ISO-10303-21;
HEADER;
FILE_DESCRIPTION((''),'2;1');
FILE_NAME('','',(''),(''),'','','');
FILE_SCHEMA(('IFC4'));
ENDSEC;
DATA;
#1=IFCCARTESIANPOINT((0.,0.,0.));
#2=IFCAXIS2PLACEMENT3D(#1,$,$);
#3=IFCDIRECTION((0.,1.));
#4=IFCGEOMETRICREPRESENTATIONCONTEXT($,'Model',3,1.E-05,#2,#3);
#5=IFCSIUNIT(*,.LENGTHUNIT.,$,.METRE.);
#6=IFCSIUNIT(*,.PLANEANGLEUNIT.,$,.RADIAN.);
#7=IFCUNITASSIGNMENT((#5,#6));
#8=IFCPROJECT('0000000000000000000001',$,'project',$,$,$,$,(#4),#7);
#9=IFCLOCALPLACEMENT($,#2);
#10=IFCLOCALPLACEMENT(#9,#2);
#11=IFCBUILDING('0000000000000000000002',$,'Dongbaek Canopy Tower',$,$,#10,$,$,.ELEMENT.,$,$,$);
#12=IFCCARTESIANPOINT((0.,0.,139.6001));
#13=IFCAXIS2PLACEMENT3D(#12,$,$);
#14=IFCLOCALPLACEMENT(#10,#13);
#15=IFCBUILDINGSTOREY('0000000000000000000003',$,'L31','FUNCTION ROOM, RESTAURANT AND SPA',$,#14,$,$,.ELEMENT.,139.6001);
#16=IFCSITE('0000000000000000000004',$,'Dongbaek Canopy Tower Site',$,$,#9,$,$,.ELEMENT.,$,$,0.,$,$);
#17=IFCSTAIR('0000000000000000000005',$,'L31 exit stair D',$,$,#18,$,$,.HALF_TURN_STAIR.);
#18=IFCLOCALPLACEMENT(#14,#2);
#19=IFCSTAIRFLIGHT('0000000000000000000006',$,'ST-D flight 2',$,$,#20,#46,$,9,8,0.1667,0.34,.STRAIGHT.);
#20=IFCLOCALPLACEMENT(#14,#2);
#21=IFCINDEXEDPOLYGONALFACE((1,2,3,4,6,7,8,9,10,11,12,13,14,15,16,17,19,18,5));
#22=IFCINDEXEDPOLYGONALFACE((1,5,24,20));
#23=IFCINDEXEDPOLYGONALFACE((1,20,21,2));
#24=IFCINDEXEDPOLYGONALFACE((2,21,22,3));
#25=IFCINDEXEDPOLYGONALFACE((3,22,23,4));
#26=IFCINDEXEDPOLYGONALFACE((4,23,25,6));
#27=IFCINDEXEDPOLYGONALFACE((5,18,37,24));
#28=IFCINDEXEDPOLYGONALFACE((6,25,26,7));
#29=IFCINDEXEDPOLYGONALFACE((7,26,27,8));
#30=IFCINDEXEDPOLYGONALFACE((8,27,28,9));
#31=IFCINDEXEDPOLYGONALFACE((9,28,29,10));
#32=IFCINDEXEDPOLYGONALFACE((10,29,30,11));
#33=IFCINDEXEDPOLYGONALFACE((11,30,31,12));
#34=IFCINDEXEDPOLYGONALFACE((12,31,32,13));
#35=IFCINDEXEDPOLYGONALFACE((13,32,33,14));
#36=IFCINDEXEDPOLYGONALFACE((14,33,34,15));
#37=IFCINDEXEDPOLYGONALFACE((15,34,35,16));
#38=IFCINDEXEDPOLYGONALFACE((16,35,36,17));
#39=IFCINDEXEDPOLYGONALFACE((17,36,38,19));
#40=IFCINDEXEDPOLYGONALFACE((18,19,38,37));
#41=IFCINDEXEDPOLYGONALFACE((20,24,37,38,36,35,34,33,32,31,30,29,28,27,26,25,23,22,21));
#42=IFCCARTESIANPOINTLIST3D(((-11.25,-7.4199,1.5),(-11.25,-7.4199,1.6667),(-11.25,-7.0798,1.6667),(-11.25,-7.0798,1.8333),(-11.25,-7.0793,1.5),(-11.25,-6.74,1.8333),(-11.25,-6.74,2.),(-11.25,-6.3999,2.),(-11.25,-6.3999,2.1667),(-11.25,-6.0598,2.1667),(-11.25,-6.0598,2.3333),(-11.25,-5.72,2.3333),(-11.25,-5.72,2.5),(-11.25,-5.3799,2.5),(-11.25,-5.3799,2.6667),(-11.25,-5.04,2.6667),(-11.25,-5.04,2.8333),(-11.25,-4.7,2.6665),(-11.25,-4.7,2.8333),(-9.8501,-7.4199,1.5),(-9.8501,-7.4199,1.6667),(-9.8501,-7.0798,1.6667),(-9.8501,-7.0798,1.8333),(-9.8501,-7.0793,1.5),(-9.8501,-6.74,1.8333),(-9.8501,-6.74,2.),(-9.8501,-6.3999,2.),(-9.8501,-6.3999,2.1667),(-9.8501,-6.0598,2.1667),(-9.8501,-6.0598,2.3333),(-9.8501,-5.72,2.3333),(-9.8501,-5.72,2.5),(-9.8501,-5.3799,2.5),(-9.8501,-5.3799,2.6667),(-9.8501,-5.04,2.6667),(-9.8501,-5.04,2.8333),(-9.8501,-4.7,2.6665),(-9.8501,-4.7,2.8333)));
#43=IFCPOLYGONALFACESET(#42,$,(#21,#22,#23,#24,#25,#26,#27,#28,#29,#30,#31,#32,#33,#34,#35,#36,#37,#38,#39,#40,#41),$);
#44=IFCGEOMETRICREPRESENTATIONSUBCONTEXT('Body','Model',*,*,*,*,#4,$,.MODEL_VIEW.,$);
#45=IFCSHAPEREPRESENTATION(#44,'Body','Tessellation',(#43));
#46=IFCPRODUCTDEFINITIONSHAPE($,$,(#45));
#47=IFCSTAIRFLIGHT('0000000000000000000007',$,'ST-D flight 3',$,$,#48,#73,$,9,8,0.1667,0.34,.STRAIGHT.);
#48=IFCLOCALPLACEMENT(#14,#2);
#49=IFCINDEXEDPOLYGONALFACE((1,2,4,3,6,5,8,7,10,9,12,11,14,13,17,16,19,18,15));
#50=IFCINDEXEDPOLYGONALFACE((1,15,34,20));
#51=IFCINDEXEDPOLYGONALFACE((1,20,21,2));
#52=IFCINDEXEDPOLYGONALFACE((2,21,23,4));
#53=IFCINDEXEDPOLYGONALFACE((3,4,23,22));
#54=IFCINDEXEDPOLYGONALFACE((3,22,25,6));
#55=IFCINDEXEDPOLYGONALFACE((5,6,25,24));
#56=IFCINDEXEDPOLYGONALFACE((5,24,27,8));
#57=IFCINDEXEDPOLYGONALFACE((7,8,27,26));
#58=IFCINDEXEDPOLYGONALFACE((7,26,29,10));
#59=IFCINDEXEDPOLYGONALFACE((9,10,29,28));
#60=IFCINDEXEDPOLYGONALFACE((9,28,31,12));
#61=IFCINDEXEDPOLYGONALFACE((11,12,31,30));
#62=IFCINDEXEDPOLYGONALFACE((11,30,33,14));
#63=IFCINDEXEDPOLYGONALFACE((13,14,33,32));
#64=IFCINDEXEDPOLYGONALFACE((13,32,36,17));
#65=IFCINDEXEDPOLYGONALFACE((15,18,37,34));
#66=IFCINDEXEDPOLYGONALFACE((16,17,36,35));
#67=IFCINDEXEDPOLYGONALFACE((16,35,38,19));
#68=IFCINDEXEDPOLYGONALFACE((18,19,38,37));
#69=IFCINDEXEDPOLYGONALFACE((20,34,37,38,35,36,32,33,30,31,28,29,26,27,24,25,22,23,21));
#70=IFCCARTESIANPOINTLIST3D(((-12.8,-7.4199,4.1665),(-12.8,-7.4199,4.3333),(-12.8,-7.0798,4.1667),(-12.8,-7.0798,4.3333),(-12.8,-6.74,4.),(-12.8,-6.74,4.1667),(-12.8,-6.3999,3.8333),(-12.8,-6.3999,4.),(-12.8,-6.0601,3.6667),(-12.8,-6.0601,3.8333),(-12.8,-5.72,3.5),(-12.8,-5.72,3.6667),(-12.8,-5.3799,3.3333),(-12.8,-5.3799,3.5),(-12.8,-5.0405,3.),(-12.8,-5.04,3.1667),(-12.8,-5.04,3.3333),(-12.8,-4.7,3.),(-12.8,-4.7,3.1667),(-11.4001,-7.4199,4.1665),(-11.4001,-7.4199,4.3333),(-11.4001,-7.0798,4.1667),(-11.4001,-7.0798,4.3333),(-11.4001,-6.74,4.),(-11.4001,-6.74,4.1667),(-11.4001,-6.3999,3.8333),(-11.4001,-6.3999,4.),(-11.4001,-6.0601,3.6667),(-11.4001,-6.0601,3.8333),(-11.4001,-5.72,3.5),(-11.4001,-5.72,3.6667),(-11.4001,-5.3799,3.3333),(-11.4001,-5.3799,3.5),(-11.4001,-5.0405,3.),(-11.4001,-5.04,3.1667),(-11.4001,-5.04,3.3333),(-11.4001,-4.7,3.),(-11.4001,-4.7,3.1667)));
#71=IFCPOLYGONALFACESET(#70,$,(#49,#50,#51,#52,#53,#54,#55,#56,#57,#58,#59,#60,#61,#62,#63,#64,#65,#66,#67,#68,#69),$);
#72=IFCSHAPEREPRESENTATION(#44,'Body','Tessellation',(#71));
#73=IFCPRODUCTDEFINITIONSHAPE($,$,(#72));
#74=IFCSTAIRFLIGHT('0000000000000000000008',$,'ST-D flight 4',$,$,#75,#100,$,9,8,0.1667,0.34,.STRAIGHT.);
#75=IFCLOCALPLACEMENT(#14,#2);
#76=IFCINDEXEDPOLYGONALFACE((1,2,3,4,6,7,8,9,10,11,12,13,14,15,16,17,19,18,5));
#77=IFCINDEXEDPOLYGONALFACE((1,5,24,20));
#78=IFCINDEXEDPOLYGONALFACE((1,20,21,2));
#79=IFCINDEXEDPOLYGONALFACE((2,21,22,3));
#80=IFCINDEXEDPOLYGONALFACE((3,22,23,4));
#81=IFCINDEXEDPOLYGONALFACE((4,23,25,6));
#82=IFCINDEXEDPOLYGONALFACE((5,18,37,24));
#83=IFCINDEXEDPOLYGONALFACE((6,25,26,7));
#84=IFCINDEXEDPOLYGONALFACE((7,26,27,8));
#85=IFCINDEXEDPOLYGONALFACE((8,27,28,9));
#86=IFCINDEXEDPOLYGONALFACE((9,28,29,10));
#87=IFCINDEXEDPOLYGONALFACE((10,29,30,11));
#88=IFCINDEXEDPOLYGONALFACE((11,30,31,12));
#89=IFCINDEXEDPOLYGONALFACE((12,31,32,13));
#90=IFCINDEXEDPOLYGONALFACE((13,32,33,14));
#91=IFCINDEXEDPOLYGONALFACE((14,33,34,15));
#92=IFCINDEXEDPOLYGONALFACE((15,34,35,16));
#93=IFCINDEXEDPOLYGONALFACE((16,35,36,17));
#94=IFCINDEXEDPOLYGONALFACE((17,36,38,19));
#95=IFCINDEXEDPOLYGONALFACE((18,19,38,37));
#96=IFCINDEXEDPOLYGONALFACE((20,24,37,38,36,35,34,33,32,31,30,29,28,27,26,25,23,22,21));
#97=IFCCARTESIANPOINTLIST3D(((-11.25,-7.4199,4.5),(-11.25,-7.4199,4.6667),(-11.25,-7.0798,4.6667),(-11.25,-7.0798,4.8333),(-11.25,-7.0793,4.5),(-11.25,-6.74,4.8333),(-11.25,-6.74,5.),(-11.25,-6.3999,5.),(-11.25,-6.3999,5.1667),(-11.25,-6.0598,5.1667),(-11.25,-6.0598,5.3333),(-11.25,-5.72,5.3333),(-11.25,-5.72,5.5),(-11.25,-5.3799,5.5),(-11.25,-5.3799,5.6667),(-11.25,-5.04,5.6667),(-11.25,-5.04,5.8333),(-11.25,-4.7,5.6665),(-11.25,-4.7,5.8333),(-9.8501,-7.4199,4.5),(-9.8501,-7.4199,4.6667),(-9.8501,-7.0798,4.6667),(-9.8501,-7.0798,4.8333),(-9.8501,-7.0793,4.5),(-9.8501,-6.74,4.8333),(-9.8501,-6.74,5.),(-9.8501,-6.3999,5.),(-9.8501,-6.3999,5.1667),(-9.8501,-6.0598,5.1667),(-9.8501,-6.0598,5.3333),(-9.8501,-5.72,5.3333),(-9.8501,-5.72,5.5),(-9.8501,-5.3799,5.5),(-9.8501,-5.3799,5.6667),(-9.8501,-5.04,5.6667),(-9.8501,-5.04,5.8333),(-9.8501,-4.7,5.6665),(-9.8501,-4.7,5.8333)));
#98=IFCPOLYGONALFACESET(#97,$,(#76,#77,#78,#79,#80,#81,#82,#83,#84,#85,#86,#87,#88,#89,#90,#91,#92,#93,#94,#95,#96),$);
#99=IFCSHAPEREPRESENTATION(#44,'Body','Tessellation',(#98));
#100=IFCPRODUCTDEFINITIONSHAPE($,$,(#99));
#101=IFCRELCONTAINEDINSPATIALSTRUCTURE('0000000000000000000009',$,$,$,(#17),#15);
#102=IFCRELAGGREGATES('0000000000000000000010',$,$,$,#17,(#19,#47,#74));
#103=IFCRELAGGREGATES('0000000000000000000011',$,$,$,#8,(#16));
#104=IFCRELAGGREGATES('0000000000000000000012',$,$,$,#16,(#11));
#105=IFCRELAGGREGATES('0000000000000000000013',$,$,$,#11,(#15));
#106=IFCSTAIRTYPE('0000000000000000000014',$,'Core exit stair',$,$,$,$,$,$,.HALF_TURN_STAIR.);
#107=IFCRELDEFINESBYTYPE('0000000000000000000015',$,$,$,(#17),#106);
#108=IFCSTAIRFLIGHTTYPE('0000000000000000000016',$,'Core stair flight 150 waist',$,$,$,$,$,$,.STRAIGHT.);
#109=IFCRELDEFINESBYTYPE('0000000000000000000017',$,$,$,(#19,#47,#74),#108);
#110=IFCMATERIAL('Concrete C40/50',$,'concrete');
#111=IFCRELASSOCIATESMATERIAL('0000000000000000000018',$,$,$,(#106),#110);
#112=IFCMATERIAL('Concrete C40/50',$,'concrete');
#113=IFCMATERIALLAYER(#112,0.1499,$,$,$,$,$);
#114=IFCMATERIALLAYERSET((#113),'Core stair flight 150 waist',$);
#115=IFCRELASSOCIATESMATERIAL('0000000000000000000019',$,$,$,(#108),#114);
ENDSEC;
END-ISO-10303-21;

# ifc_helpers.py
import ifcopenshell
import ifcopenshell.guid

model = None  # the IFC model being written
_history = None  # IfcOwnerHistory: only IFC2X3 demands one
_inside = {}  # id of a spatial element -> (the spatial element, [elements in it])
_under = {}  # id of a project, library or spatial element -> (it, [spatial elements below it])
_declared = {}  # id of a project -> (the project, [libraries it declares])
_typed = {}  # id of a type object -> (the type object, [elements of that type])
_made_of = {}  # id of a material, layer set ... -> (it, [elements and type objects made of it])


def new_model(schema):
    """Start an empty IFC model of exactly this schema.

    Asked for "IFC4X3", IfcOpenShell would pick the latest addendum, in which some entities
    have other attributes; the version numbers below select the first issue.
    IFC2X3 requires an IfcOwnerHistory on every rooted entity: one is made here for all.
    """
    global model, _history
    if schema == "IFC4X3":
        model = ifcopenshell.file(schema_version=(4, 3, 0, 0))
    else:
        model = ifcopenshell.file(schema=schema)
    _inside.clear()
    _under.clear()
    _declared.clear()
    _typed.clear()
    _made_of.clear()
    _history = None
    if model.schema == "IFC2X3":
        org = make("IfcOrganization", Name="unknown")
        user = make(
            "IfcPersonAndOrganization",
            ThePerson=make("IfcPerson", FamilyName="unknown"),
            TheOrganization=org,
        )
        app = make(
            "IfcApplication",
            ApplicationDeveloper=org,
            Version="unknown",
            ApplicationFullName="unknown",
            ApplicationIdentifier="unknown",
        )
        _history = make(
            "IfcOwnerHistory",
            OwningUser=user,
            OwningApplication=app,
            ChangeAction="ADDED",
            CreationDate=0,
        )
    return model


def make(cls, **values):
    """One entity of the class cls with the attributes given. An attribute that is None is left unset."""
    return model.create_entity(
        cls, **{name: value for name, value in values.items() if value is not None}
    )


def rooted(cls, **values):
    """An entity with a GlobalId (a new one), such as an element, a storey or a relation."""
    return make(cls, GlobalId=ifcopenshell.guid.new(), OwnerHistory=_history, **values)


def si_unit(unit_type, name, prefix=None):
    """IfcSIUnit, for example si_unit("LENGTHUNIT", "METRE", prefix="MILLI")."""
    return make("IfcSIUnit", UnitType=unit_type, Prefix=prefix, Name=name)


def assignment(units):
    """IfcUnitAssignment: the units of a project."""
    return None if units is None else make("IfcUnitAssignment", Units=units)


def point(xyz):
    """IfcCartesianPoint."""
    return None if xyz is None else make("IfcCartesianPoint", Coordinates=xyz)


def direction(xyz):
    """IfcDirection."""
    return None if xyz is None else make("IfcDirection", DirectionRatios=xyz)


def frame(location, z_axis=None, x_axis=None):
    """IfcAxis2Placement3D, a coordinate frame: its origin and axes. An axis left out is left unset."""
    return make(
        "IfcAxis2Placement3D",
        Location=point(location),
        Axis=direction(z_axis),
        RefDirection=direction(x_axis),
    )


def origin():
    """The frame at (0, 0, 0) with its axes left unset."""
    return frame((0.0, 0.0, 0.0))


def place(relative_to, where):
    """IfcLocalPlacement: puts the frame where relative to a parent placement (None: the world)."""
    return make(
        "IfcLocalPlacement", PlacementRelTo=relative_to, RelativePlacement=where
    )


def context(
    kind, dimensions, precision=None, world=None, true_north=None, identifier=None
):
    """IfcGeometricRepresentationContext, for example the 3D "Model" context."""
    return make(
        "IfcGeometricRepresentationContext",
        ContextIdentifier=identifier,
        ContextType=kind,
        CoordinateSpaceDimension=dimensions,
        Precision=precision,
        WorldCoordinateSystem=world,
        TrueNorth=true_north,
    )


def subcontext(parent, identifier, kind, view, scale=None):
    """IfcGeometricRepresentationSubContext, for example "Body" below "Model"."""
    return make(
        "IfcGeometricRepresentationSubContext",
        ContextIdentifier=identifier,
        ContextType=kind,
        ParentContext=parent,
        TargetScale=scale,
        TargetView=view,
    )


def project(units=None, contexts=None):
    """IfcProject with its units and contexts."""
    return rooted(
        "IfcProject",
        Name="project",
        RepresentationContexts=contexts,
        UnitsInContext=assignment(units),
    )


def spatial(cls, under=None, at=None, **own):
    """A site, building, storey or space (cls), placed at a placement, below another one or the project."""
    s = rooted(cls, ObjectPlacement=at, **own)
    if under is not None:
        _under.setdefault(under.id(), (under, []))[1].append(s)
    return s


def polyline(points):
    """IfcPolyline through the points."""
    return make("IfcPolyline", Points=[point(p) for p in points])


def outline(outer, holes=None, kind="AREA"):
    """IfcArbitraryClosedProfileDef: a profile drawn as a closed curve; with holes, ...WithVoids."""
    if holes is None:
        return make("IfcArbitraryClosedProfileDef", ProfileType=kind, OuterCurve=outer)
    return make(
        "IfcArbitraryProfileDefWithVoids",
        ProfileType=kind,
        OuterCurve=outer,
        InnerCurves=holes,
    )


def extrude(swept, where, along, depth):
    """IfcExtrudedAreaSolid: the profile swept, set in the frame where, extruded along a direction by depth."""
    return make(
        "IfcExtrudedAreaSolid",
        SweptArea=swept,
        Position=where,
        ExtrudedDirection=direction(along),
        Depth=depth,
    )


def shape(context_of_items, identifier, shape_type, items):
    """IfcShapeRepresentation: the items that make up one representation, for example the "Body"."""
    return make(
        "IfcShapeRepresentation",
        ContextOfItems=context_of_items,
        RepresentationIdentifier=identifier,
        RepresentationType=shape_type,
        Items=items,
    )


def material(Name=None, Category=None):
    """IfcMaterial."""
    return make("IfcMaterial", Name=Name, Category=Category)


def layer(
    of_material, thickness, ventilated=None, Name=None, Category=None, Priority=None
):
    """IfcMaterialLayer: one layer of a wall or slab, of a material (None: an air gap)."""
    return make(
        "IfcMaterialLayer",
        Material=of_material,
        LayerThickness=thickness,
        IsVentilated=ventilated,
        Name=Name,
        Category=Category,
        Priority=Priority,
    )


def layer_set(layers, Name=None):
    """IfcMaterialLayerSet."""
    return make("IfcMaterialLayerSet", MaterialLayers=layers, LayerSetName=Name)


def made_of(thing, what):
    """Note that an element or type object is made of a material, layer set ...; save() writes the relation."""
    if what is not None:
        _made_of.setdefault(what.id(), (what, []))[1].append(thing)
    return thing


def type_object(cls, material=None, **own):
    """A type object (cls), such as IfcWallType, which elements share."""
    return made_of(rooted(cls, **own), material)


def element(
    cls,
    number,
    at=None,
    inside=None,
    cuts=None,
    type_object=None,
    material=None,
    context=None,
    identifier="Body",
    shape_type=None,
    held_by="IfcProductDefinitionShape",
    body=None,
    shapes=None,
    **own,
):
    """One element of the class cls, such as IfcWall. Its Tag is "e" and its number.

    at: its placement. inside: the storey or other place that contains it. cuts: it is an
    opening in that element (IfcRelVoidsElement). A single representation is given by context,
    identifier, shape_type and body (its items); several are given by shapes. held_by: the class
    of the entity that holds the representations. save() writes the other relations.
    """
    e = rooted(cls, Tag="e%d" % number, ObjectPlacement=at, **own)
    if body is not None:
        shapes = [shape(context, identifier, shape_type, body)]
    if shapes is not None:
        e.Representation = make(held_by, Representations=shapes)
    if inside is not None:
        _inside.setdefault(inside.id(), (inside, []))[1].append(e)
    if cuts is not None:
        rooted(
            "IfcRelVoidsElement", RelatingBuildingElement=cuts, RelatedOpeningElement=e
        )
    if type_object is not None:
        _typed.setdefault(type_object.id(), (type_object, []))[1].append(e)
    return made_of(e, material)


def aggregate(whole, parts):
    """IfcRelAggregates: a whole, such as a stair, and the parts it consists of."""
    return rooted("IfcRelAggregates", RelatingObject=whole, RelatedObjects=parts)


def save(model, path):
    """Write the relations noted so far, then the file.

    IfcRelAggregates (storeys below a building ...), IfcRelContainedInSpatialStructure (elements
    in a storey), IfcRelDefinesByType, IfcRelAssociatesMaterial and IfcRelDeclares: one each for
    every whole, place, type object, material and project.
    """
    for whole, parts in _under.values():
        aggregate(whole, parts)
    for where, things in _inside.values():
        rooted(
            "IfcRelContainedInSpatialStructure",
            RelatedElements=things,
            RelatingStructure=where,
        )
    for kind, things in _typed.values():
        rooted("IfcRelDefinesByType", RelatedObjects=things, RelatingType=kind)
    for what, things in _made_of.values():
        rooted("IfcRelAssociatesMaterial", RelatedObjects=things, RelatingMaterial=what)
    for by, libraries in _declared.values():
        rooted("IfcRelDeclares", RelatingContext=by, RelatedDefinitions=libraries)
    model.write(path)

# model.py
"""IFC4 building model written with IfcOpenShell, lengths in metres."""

from ifc_helpers import new_model, si_unit, direction, frame, origin, place, context, subcontext, project, spatial, polyline, outline, extrude, material, layer, layer_set, type_object, element, aggregate, save


model = new_model("IFC4")

# Units and contexts
model_context = context("Model", 3, precision=1e-05, world=origin(), true_north=direction((0.0, 1.0)))
body_context = subcontext(model_context, "Body", "Model", "MODEL_VIEW")
ifc_project = project(units=[si_unit("LENGTHUNIT", "METRE"), si_unit("PLANEANGLEUNIT", "RADIAN")], contexts=[model_context])

# Site, building, storey
site_placement = place(None, origin())
site = spatial("IfcSite", under=ifc_project, at=site_placement, Name="Dongbaek Canopy Tower Site", CompositionType="ELEMENT", RefElevation=0.0)
building_placement = place(site_placement, origin())
building = spatial("IfcBuilding", under=site, at=building_placement, Name="Dongbaek Canopy Tower", CompositionType="ELEMENT")
storey_placement = place(building_placement, frame((0.0, 0.0, 139.6001)))
storey = spatial("IfcBuildingStorey", under=building, at=storey_placement, Name="L31", Description="FUNCTION ROOM, RESTAURANT AND SPA", CompositionType="ELEMENT", Elevation=139.6001)

# Stair, stair flights
ifc_material_1 = material(Name="Concrete C40/50", Category="concrete")
stair_type = type_object("IfcStairType", Name="Core exit stair", PredefinedType="HALF_TURN_STAIR", material=ifc_material_1)
stair_placement = place(storey_placement, origin())
stair = element("IfcStair", 1, at=stair_placement, inside=storey, type_object=stair_type, Name="L31 exit stair D", PredefinedType="HALF_TURN_STAIR")
ifc_material_2 = material(Name="Concrete C40/50", Category="concrete")
ifc_layer_1 = layer(ifc_material_2, 0.1499)
ifc_layer_set_1 = layer_set([ifc_layer_1], Name="Core stair flight 150 waist")
stair_flight_type = type_object("IfcStairFlightType", Name="Core stair flight 150 waist", PredefinedType="STRAIGHT", material=ifc_layer_set_1)
stair_flight_1_placement = place(storey_placement, frame((-10.55, -7.4199, 1.5), z_axis=(0.0, 0.0, 1.0), x_axis=(0.0, 1.0, 0.0)))
stair_flight_1 = element("IfcStairFlight", 2, at=stair_flight_1_placement, type_object=stair_flight_type, Name="ST-D flight 2", NumberOfRisers=9, NumberOfTreads=8, PredefinedType="STRAIGHT", RiserHeight=0.1667, TreadLength=0.34, context=body_context, shape_type="SweptSolid", body=[
    extrude(outline(polyline([(0.0, 0.0), (0.0, 0.1667), (0.3401, 0.1667), (0.3401, 0.3333), (0.6799, 0.3333), (0.6799, 0.5), (1.02, 0.5), (1.02, 0.6667), (1.3601, 0.6667), (1.3601, 0.8333), (1.7, 0.8333), (1.7, 1.0), (2.04, 1.0), (2.04, 1.1667), (2.3799, 1.1667), (2.3799, 1.3333), (2.72, 1.3333), (2.72, 1.5), (2.72, 1.1665), (0.3406, 0.0), (0.0, 0.0)])), frame((0.0, 0.7, 0.0), z_axis=(0.0, -1.0, 0.0), x_axis=(1.0, 0.0, 0.0)), (0.0, 0.0, 1.0), 1.3999),
])
stair_flight_2_placement = place(storey_placement, frame((-12.1001, -4.7, 3.0), z_axis=(0.0, 0.0, 1.0), x_axis=(0.0, -1.0, 0.0)))
stair_flight_2 = element("IfcStairFlight", 3, at=stair_flight_2_placement, type_object=stair_flight_type, Name="ST-D flight 3", NumberOfRisers=9, NumberOfTreads=8, PredefinedType="STRAIGHT", RiserHeight=0.1667, TreadLength=0.34, context=body_context, shape_type="SweptSolid", body=[
    extrude(outline(polyline([(0.0, 0.0), (0.0, 0.1667), (0.3401, 0.1667), (0.3401, 0.3333), (0.6799, 0.3333), (0.6799, 0.5), (1.02, 0.5), (1.02, 0.6667), (1.3601, 0.6667), (1.3601, 0.8333), (1.7, 0.8333), (1.7, 1.0), (2.04, 1.0), (2.04, 1.1667), (2.3799, 1.1667), (2.3799, 1.3333), (2.72, 1.3333), (2.72, 1.5), (2.72, 1.1665), (0.3406, 0.0), (0.0, 0.0)])), frame((0.0, 0.7, 0.0), z_axis=(0.0, -1.0, 0.0), x_axis=(1.0, 0.0, 0.0)), (0.0, 0.0, 1.0), 1.3999),
])
stair_flight_3_placement = place(storey_placement, frame((-10.55, -7.4199, 4.5), z_axis=(0.0, 0.0, 1.0), x_axis=(0.0, 1.0, 0.0)))
stair_flight_3 = element("IfcStairFlight", 4, at=stair_flight_3_placement, type_object=stair_flight_type, Name="ST-D flight 4", NumberOfRisers=9, NumberOfTreads=8, PredefinedType="STRAIGHT", RiserHeight=0.1667, TreadLength=0.34, context=body_context, shape_type="SweptSolid", body=[
    extrude(outline(polyline([(0.0, 0.0), (0.0, 0.1667), (0.3401, 0.1667), (0.3401, 0.3333), (0.6799, 0.3333), (0.6799, 0.5), (1.02, 0.5), (1.02, 0.6667), (1.3601, 0.6667), (1.3601, 0.8333), (1.7, 0.8333), (1.7, 1.0), (2.04, 1.0), (2.04, 1.1667), (2.3799, 1.1667), (2.3799, 1.3333), (2.72, 1.3333), (2.72, 1.5), (2.72, 1.1665), (0.3406, 0.0), (0.0, 0.0)])), frame((0.0, 0.7, 0.0), z_axis=(0.0, -1.0, 0.0), x_axis=(1.0, 0.0, 0.0)), (0.0, 0.0, 1.0), 1.3999),
])
aggregate(stair, [stair_flight_1, stair_flight_2, stair_flight_3])

save(model, "model.ifc")
